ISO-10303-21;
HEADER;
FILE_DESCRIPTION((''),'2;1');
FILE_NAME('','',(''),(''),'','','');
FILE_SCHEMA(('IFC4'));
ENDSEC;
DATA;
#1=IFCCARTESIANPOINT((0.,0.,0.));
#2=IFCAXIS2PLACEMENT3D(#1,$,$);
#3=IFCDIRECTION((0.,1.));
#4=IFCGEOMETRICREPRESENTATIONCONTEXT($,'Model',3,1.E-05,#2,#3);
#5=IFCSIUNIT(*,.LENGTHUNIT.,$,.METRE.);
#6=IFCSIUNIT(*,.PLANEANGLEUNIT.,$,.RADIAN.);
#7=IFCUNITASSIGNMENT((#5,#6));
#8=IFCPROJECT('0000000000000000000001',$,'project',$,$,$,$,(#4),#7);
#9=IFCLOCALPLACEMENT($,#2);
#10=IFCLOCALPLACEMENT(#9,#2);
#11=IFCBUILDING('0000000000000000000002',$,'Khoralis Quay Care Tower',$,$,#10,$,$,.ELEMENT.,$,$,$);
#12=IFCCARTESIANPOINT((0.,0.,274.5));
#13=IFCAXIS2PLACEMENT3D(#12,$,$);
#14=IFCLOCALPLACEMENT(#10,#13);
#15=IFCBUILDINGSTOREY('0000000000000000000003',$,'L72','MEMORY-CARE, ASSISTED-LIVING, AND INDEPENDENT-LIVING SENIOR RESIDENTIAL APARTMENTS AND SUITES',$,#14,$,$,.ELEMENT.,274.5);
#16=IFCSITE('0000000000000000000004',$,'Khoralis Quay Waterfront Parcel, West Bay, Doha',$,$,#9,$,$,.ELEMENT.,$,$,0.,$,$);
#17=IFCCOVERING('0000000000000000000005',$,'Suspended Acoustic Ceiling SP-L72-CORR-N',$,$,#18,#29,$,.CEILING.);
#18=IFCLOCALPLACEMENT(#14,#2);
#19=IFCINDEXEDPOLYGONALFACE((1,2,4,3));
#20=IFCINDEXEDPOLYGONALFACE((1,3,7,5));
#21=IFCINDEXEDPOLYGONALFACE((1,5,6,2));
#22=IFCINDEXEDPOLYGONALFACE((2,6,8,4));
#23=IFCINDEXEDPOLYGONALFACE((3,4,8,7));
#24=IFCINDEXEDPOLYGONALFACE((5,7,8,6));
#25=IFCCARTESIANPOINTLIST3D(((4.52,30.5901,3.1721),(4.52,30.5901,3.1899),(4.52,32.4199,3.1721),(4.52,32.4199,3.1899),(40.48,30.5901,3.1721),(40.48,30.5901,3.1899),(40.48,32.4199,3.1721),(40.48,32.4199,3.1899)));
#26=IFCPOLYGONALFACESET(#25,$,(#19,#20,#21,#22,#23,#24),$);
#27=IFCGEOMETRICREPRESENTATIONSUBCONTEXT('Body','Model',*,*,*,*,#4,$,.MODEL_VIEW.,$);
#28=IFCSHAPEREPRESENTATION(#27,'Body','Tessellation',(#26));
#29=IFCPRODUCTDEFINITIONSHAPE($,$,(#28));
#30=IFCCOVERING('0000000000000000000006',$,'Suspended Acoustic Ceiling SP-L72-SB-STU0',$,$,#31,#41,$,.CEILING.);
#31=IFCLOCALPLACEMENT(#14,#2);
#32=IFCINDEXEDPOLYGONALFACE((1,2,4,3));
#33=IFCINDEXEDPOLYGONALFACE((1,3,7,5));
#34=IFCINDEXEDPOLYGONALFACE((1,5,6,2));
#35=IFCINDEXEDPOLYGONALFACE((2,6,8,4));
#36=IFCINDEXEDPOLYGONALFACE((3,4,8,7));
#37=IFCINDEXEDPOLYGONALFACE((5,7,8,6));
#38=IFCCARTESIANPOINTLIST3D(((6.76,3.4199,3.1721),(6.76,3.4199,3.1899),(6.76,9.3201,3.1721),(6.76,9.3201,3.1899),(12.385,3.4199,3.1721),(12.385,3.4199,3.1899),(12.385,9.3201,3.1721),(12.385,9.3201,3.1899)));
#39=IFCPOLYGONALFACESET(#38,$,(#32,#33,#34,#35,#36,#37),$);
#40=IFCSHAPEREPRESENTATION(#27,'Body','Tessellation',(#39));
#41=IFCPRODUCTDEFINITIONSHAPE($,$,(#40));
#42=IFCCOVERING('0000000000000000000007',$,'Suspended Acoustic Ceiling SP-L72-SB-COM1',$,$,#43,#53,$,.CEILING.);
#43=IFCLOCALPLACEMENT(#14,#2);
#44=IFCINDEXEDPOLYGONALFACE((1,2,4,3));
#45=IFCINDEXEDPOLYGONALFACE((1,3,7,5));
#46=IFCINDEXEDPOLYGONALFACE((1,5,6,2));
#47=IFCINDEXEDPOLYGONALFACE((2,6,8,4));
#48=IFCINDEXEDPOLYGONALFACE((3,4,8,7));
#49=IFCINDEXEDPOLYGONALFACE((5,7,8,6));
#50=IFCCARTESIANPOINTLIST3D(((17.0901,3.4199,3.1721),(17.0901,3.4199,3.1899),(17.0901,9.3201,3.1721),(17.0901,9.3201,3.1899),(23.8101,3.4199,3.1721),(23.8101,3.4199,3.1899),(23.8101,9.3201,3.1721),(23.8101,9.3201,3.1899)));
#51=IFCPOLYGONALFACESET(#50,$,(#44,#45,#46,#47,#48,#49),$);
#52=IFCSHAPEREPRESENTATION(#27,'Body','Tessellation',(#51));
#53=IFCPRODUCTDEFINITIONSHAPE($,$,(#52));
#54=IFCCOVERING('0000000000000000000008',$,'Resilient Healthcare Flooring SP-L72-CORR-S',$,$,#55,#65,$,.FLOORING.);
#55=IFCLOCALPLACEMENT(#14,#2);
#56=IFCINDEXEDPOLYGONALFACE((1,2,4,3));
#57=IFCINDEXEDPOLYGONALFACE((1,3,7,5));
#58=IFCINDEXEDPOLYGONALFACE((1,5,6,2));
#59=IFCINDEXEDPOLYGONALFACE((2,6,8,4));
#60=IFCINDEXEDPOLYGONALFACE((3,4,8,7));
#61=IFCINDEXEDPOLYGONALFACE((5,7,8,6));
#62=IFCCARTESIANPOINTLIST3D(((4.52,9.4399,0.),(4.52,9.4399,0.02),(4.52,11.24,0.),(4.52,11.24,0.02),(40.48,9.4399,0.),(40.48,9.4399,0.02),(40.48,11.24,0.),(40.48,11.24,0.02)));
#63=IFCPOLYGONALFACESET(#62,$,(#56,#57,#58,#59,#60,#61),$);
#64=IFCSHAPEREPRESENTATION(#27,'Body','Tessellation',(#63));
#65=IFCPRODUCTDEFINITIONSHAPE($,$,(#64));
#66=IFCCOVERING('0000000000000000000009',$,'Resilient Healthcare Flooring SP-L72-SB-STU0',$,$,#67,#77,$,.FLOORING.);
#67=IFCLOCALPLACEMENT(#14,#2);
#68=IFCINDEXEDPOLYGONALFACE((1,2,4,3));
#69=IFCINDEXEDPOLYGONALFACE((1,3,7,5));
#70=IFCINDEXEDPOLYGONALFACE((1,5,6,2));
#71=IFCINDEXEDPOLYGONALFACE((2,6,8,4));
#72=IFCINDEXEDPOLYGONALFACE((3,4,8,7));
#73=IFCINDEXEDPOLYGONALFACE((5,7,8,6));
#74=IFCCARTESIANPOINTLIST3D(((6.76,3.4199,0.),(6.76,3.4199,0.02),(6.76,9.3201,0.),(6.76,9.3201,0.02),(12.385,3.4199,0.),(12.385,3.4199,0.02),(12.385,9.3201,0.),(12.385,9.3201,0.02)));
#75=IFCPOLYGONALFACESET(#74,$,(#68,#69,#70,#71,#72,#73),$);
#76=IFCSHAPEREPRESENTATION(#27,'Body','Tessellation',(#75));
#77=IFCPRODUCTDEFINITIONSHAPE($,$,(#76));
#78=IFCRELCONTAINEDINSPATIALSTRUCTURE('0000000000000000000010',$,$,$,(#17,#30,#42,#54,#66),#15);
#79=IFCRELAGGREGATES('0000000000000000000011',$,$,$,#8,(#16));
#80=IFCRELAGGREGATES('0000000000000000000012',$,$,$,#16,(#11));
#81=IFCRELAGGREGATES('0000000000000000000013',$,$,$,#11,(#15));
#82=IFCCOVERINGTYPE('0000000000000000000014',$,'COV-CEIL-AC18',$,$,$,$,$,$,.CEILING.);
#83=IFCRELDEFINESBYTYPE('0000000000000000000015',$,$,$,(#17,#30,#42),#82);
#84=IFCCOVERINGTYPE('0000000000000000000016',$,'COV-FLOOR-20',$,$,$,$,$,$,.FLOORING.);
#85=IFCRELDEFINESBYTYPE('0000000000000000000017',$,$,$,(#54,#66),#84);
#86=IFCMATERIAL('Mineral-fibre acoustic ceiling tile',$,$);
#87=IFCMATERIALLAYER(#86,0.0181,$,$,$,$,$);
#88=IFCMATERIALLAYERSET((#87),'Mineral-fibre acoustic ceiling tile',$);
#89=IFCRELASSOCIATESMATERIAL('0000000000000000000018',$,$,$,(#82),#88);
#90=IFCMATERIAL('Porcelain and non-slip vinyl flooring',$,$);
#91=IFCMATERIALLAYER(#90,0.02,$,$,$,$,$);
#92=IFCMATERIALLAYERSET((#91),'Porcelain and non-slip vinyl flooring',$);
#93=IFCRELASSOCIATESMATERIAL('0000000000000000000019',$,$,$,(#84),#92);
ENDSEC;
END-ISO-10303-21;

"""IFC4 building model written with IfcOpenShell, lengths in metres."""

from ifc_helpers import new_model, si_unit, direction, frame, origin, place, context, subcontext, project, spatial, polyline, outline, extrude, material, layer, layer_set, type_object, element, save


model = new_model("IFC4")

# Units and contexts
model_context = context("Model", 3, precision=1e-05, world=origin(), true_north=direction((0.0, 1.0)))
body_context = subcontext(model_context, "Body", "Model", "MODEL_VIEW")
ifc_project = project(units=[si_unit("LENGTHUNIT", "METRE"), si_unit("PLANEANGLEUNIT", "RADIAN")], contexts=[model_context])

# Site, building, storey
site_placement = place(None, origin())
site = spatial("IfcSite", under=ifc_project, at=site_placement, Name="Khoralis Quay Waterfront Parcel, West Bay, Doha", CompositionType="ELEMENT", RefElevation=0.0)
building_placement = place(site_placement, origin())
building = spatial("IfcBuilding", under=site, at=building_placement, Name="Khoralis Quay Care Tower", CompositionType="ELEMENT")
storey_placement = place(building_placement, frame((0.0, 0.0, 274.5)))
storey = spatial("IfcBuildingStorey", under=building, at=storey_placement, Name="L72", Description="MEMORY-CARE, ASSISTED-LIVING, AND INDEPENDENT-LIVING SENIOR RESIDENTIAL APARTMENTS AND SUITES", CompositionType="ELEMENT", Elevation=274.5)

# Coverings
ifc_material_1 = material(Name="Mineral-fibre acoustic ceiling tile")
ifc_layer_1 = layer(ifc_material_1, 0.0181)
ifc_layer_set_1 = layer_set([ifc_layer_1], Name="Mineral-fibre acoustic ceiling tile")
covering_type_1 = type_object("IfcCoveringType", Name="COV-CEIL-AC18", PredefinedType="CEILING", material=ifc_layer_set_1)
covering_1_placement = place(storey_placement, frame((0.0, 0.0, 3.1721)))
element("IfcCovering", 1, at=covering_1_placement, inside=storey, type_object=covering_type_1, Name="Suspended Acoustic Ceiling SP-L72-CORR-N", PredefinedType="CEILING", context=body_context, shape_type="SweptSolid", body=[
    extrude(outline(polyline([(4.52, 30.5901), (40.48, 30.5901), (40.48, 32.4199), (4.52, 32.4199), (4.52, 30.5901)])), origin(), (0.0, 0.0, 1.0), 0.0178),
])
covering_2_placement = place(storey_placement, frame((0.0, 0.0, 3.1721)))
element("IfcCovering", 2, at=covering_2_placement, inside=storey, type_object=covering_type_1, Name="Suspended Acoustic Ceiling SP-L72-SB-STU0", PredefinedType="CEILING", context=body_context, shape_type="SweptSolid", body=[
    extrude(outline(polyline([(6.76, 3.4199), (12.385, 3.4199), (12.385, 9.3201), (6.76, 9.3201), (6.76, 3.4199)])), origin(), (0.0, 0.0, 1.0), 0.0178),
])
covering_3_placement = place(storey_placement, frame((0.0, 0.0, 3.1721)))
element("IfcCovering", 3, at=covering_3_placement, inside=storey, type_object=covering_type_1, Name="Suspended Acoustic Ceiling SP-L72-SB-COM1", PredefinedType="CEILING", context=body_context, shape_type="SweptSolid", body=[
    extrude(outline(polyline([(17.0901, 3.4199), (23.8101, 3.4199), (23.8101, 9.3201), (17.0901, 9.3201), (17.0901, 3.4199)])), origin(), (0.0, 0.0, 1.0), 0.0178),
])
ifc_material_2 = material(Name="Porcelain and non-slip vinyl flooring")
ifc_layer_2 = layer(ifc_material_2, 0.02)
ifc_layer_set_2 = layer_set([ifc_layer_2], Name="Porcelain and non-slip vinyl flooring")
covering_type_2 = type_object("IfcCoveringType", Name="COV-FLOOR-20", PredefinedType="FLOORING", material=ifc_layer_set_2)
covering_4_placement = place(storey_placement, origin())
element("IfcCovering", 4, at=covering_4_placement, inside=storey, type_object=covering_type_2, Name="Resilient Healthcare Flooring SP-L72-CORR-S", PredefinedType="FLOORING", context=body_context, shape_type="SweptSolid", body=[
    extrude(outline(polyline([(4.52, 9.4399), (40.48, 9.4399), (40.48, 11.24), (4.52, 11.24), (4.52, 9.4399)])), origin(), (0.0, 0.0, 1.0), 0.02),
])
covering_5_placement = place(storey_placement, origin())
element("IfcCovering", 5, at=covering_5_placement, inside=storey, type_object=covering_type_2, Name="Resilient Healthcare Flooring SP-L72-SB-STU0", PredefinedType="FLOORING", context=body_context, shape_type="SweptSolid", body=[
    extrude(outline(polyline([(6.76, 3.4199), (12.385, 3.4199), (12.385, 9.3201), (6.76, 9.3201), (6.76, 3.4199)])), origin(), (0.0, 0.0, 1.0), 0.02),
])

save(model, "model.ifc")
